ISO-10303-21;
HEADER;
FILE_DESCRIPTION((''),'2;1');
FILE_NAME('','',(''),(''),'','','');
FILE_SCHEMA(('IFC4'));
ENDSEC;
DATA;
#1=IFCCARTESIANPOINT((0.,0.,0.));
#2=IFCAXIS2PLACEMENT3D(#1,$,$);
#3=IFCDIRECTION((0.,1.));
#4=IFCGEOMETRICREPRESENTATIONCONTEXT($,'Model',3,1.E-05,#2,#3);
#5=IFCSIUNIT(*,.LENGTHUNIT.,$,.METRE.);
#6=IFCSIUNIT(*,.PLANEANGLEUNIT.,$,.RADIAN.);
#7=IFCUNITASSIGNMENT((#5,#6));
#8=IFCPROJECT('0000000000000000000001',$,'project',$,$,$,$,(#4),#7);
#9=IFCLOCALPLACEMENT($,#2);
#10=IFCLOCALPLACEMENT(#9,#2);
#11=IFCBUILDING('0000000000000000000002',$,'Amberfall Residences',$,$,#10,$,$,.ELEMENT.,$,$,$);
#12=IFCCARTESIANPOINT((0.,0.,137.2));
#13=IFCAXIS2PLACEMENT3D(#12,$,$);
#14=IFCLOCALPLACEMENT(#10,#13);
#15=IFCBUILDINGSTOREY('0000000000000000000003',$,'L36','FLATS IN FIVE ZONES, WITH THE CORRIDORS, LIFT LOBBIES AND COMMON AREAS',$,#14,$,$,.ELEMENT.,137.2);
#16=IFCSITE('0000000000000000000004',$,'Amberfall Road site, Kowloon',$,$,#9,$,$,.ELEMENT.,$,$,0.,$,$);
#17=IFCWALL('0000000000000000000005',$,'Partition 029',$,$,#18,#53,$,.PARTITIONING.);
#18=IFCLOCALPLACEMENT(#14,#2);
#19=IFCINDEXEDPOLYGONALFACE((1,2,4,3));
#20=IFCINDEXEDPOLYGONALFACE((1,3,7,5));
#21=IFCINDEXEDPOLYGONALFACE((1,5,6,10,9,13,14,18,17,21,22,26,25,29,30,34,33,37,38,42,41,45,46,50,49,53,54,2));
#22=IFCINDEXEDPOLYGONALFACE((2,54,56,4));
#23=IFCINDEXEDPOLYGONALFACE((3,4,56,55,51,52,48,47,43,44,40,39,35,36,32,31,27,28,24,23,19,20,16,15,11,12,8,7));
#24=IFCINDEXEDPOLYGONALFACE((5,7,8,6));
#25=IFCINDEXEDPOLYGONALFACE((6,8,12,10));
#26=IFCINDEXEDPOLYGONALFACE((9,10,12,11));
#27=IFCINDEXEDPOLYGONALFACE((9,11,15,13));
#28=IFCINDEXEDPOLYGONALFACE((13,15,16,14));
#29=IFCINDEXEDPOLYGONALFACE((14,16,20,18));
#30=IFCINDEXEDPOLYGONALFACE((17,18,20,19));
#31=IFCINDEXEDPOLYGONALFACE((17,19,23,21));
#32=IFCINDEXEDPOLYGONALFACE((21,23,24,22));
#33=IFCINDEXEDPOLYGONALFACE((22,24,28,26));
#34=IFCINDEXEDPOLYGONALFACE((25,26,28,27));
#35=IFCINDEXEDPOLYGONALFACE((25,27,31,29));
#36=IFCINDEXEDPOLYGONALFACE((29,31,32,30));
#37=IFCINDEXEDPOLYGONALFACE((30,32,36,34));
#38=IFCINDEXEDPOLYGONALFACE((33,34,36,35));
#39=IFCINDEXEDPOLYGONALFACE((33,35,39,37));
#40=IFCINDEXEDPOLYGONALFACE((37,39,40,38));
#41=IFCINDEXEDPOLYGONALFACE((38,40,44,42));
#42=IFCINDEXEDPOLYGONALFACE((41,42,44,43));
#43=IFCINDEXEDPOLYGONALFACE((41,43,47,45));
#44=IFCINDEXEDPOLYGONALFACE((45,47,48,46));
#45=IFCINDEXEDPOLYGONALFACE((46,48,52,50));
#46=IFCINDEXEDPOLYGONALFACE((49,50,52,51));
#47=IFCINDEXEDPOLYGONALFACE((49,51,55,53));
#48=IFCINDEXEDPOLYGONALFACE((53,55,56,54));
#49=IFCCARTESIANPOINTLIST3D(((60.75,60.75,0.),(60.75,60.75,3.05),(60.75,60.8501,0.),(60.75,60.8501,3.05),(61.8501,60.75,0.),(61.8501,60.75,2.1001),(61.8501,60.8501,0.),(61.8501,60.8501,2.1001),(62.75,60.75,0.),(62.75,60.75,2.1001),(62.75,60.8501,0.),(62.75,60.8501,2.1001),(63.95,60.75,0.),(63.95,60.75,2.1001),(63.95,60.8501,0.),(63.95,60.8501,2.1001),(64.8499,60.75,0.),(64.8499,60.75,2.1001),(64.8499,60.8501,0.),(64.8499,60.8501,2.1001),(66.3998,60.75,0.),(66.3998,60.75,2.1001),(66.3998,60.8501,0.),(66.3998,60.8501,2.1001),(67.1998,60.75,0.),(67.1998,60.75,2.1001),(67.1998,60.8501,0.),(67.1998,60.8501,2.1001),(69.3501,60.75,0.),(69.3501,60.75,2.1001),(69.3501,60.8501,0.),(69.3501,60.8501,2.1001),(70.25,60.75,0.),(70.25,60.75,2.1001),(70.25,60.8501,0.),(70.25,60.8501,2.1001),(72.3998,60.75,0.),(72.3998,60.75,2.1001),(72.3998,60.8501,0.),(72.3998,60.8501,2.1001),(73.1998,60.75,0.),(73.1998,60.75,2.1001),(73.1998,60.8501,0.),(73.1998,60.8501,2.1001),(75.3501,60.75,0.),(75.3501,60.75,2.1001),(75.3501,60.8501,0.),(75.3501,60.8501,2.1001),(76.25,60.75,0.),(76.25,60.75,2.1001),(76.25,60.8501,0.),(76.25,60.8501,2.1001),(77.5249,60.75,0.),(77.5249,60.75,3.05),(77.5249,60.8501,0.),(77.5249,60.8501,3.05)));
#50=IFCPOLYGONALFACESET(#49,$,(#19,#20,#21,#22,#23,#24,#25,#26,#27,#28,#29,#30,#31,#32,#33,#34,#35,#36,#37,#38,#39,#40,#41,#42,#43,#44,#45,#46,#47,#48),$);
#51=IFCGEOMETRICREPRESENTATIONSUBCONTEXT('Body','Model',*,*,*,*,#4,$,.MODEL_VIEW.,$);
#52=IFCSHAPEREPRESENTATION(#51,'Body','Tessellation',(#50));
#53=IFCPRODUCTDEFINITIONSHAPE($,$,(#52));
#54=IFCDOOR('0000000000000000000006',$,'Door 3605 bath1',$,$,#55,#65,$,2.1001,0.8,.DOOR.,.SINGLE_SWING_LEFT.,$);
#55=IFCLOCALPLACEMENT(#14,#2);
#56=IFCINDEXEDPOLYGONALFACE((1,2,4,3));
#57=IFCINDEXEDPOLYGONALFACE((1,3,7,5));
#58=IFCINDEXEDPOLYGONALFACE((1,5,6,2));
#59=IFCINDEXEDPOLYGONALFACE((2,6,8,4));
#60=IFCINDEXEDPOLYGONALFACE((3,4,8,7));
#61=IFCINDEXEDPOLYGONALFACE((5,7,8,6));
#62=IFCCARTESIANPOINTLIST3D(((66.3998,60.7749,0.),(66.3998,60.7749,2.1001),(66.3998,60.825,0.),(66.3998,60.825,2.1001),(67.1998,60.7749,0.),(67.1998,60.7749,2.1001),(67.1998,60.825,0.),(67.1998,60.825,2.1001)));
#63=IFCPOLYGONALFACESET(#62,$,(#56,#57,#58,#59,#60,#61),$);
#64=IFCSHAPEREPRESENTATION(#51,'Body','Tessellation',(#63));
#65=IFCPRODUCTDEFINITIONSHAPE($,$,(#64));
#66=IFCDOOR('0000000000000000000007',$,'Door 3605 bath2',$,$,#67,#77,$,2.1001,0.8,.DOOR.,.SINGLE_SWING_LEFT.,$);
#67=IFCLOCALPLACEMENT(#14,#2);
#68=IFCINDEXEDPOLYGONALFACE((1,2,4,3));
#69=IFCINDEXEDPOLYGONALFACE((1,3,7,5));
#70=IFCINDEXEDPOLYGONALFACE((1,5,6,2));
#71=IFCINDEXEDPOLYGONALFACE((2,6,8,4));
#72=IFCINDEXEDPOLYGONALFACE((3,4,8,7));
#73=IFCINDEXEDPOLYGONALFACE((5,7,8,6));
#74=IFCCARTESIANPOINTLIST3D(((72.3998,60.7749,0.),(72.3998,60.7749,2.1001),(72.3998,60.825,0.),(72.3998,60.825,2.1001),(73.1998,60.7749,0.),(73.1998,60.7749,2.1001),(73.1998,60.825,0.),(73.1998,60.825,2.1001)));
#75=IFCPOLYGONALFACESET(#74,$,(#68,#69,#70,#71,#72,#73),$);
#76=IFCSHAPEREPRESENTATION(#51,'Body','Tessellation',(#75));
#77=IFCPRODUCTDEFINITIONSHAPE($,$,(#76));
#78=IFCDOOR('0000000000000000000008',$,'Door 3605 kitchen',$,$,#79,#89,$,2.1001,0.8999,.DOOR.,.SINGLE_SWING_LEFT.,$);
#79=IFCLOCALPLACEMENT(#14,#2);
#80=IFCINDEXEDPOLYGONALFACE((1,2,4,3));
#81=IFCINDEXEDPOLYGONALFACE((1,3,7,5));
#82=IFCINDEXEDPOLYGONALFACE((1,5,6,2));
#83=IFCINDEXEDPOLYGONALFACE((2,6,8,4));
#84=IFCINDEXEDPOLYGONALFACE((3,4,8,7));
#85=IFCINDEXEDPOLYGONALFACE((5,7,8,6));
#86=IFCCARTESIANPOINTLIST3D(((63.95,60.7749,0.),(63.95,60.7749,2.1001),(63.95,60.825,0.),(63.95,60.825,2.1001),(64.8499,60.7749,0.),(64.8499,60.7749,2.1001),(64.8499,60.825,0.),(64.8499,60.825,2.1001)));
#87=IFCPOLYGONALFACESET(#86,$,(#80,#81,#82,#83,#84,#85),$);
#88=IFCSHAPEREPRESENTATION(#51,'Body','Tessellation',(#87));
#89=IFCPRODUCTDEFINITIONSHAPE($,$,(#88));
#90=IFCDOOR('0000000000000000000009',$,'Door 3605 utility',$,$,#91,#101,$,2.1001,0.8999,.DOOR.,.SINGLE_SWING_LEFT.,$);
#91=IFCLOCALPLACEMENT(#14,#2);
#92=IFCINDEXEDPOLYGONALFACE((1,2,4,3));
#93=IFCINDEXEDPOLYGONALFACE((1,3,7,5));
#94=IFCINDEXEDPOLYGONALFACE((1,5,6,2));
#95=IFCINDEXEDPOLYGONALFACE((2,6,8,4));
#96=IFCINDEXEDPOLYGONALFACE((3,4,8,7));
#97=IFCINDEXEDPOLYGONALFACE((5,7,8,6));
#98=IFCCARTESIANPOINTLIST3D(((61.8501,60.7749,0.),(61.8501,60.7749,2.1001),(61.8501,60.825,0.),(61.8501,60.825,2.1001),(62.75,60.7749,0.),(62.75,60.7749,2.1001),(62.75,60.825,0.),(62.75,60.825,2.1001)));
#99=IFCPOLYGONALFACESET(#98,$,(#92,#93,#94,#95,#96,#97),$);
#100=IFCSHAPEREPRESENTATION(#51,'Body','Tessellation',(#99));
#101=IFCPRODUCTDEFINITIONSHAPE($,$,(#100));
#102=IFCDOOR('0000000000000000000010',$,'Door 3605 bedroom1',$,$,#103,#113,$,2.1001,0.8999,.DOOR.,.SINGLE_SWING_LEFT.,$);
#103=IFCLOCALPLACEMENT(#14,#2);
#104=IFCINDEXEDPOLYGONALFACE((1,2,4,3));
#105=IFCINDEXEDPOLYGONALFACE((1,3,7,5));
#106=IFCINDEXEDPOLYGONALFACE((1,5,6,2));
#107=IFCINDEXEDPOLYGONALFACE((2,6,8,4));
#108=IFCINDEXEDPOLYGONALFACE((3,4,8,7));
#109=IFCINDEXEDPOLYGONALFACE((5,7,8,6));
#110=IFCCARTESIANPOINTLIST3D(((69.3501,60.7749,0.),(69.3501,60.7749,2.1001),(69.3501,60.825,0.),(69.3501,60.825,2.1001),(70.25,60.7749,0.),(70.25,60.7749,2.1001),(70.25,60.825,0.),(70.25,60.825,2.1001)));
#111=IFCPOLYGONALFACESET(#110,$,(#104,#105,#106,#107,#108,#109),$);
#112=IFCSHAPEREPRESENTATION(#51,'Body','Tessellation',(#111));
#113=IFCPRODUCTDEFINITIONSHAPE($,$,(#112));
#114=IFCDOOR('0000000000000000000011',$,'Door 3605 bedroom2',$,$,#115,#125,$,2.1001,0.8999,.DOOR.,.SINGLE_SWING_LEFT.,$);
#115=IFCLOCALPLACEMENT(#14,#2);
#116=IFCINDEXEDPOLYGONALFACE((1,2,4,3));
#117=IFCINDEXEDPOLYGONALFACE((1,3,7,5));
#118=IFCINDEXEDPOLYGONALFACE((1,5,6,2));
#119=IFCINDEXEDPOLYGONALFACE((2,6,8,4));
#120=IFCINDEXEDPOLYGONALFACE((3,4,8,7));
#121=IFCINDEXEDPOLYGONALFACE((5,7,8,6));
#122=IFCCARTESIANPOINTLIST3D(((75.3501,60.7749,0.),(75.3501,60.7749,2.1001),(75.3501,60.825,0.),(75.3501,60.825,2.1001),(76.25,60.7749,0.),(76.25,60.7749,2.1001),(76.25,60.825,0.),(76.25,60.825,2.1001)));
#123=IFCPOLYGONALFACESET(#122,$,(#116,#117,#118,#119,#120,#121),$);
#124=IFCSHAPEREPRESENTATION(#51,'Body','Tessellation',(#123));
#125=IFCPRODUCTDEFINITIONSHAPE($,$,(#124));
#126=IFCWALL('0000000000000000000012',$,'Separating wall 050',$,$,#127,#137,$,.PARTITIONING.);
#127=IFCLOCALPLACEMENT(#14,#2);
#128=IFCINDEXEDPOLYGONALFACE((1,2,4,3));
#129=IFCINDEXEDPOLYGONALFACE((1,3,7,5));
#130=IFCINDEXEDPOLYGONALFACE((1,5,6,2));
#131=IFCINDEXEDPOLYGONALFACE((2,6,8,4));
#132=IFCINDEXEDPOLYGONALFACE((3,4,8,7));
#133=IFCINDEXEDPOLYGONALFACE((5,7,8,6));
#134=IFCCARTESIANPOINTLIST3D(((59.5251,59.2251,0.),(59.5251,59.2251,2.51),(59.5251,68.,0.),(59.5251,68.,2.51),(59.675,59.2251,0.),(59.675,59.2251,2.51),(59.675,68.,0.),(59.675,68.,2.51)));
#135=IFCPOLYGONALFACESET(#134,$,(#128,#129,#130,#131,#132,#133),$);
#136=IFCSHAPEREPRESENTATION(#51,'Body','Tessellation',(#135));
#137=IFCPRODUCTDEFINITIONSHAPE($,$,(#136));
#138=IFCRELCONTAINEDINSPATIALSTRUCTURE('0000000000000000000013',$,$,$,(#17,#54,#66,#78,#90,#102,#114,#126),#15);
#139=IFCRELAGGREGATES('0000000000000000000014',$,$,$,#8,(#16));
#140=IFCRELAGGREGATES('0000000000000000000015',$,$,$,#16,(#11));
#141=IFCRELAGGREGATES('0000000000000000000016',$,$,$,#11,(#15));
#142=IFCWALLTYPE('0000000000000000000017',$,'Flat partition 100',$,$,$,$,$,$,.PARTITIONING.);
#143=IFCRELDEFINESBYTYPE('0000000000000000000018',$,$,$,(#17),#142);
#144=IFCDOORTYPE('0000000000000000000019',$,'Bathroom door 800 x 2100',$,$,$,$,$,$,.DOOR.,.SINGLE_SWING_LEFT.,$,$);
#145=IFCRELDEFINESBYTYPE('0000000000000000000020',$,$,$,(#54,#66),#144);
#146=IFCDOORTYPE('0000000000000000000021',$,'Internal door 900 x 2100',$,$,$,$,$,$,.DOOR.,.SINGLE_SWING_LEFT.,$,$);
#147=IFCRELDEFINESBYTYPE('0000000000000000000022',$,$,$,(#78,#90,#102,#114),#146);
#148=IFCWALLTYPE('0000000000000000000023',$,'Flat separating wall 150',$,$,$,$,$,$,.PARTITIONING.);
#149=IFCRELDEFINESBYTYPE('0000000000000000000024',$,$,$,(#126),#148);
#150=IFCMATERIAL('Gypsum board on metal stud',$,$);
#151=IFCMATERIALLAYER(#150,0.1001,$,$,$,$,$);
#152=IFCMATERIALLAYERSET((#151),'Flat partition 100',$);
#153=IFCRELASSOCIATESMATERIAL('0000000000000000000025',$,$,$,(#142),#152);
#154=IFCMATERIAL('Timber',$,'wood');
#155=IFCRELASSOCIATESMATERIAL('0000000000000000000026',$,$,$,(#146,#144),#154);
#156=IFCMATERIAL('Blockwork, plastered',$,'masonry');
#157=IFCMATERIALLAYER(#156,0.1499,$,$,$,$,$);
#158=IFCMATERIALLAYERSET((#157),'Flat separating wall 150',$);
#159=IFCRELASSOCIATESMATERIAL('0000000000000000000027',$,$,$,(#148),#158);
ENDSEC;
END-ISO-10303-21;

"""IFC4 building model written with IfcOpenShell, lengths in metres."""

from ifc_helpers import new_model, si_unit, direction, frame, frame_2d, origin, place, context, subcontext, project, spatial, rectangle, extrude, material, layer, layer_set, type_object, element, fill, save


model = new_model("IFC4")

# Units and contexts
model_context = context("Model", 3, precision=1e-05, world=origin(), true_north=direction((0.0, 1.0)))
body_context = subcontext(model_context, "Body", "Model", "MODEL_VIEW")
ifc_project = project(units=[si_unit("LENGTHUNIT", "METRE"), si_unit("PLANEANGLEUNIT", "RADIAN")], contexts=[model_context])

# Site, building, storey
site_placement = place(None, origin())
site = spatial("IfcSite", under=ifc_project, at=site_placement, Name="Amberfall Road site, Kowloon", CompositionType="ELEMENT", RefElevation=0.0)
building_placement = place(site_placement, origin())
building = spatial("IfcBuilding", under=site, at=building_placement, Name="Amberfall Residences", CompositionType="ELEMENT")
storey_placement = place(building_placement, frame((0.0, 0.0, 137.2)))
storey = spatial("IfcBuildingStorey", under=building, at=storey_placement, Name="L36", Description="FLATS IN FIVE ZONES, WITH THE CORRIDORS, LIFT LOBBIES AND COMMON AREAS", CompositionType="ELEMENT", Elevation=137.2)

# Shared definitions
ifc_material_1 = material(Name="Gypsum board on metal stud")
ifc_layer_1 = layer(ifc_material_1, 0.1001)
ifc_layer_set_1 = layer_set([ifc_layer_1], Name="Flat partition 100")
wall_type_1 = type_object("IfcWallType", Name="Flat partition 100", PredefinedType="PARTITIONING", material=ifc_layer_set_1)
ifc_material_2 = material(Name="Timber", Category="wood")
door_type_1 = type_object("IfcDoorType", Name="Internal door 900 x 2100", OperationType="SINGLE_SWING_LEFT", PredefinedType="DOOR", material=ifc_material_2)

# Wall, openings, doors
wall_1_placement = place(storey_placement, frame((60.75, 60.8, 0.0), z_axis=(0.0, 0.0, 1.0), x_axis=(1.0, 0.0, 0.0)))
wall_1 = element("IfcWall", 1, at=wall_1_placement, inside=storey, type_object=wall_type_1, Name="Partition 029", PredefinedType="PARTITIONING", context=body_context, shape_type="SweptSolid", body=[
    extrude(rectangle(XDim=16.7749, YDim=0.1001, at=frame_2d((8.3875, 0.0))), origin(), (0.0, 0.0, 1.0), 3.05),
])
opening_1_placement = place(wall_1_placement, frame((3.2, 0.0, 0.0)))
opening_1 = element("IfcOpeningElement", 2, at=opening_1_placement, cuts=wall_1, PredefinedType="OPENING", context=body_context, shape_type="SweptSolid", body=[
    extrude(rectangle(XDim=0.8999, YDim=2.1001, at=frame_2d((0.45, 1.05))), frame((0.0, 0.0601, 0.0), z_axis=(0.0, -1.0, 0.0), x_axis=(1.0, 0.0, 0.0)), (0.0, 0.0, 1.0), 0.1201),
])
opening_2_placement = place(wall_1_placement, frame((1.1001, 0.0, 0.0)))
opening_2 = element("IfcOpeningElement", 3, at=opening_2_placement, cuts=wall_1, PredefinedType="OPENING", context=body_context, shape_type="SweptSolid", body=[
    extrude(rectangle(XDim=0.8999, YDim=2.1001, at=frame_2d((0.45, 1.05))), frame((0.0, 0.0601, 0.0), z_axis=(0.0, -1.0, 0.0), x_axis=(1.0, 0.0, 0.0)), (0.0, 0.0, 1.0), 0.1201),
])
opening_3_placement = place(wall_1_placement, frame((8.6001, 0.0, 0.0)))
opening_3 = element("IfcOpeningElement", 4, at=opening_3_placement, cuts=wall_1, PredefinedType="OPENING", context=body_context, shape_type="SweptSolid", body=[
    extrude(rectangle(XDim=0.8999, YDim=2.1001, at=frame_2d((0.45, 1.05))), frame((0.0, 0.0601, 0.0), z_axis=(0.0, -1.0, 0.0), x_axis=(1.0, 0.0, 0.0)), (0.0, 0.0, 1.0), 0.1201),
])
opening_4_placement = place(wall_1_placement, frame((14.6001, 0.0, 0.0)))
opening_4 = element("IfcOpeningElement", 5, at=opening_4_placement, cuts=wall_1, PredefinedType="OPENING", context=body_context, shape_type="SweptSolid", body=[
    extrude(rectangle(XDim=0.8999, YDim=2.1001, at=frame_2d((0.45, 1.05))), frame((0.0, 0.0601, 0.0), z_axis=(0.0, -1.0, 0.0), x_axis=(1.0, 0.0, 0.0)), (0.0, 0.0, 1.0), 0.1201),
])
opening_5_placement = place(wall_1_placement, frame((5.6499, 0.0, 0.0)))
opening_5 = element("IfcOpeningElement", 6, at=opening_5_placement, cuts=wall_1, PredefinedType="OPENING", context=body_context, shape_type="SweptSolid", body=[
    extrude(rectangle(XDim=0.8, YDim=2.1001, at=frame_2d((0.3999, 1.05))), frame((0.0, 0.0601, 0.0), z_axis=(0.0, -1.0, 0.0), x_axis=(1.0, 0.0, 0.0)), (0.0, 0.0, 1.0), 0.1201),
])
opening_6_placement = place(wall_1_placement, frame((11.6499, 0.0, 0.0)))
opening_6 = element("IfcOpeningElement", 7, at=opening_6_placement, cuts=wall_1, PredefinedType="OPENING", context=body_context, shape_type="SweptSolid", body=[
    extrude(rectangle(XDim=0.8, YDim=2.1001, at=frame_2d((0.3999, 1.05))), frame((0.0, 0.0601, 0.0), z_axis=(0.0, -1.0, 0.0), x_axis=(1.0, 0.0, 0.0)), (0.0, 0.0, 1.0), 0.1201),
])
door_type_2 = type_object("IfcDoorType", Name="Bathroom door 800 x 2100", OperationType="SINGLE_SWING_LEFT", PredefinedType="DOOR", material=ifc_material_2)
door_1_placement = place(opening_5_placement, origin())
door_1 = element("IfcDoor", 8, at=door_1_placement, inside=storey, type_object=door_type_2, Name="Door 3605 bath1", OperationType="SINGLE_SWING_LEFT", OverallHeight=2.1001, OverallWidth=0.8, PredefinedType="DOOR", context=body_context, shape_type="SweptSolid", body=[
    extrude(rectangle(XDim=0.8, YDim=2.1001, at=frame_2d((0.3999, 1.05))), frame((0.0, 0.0249, 0.0), z_axis=(0.0, -1.0, 0.0), x_axis=(1.0, 0.0, 0.0)), (0.0, 0.0, 1.0), 0.05),
])
fill(opening_5, door_1)
door_2_placement = place(opening_6_placement, origin())
door_2 = element("IfcDoor", 9, at=door_2_placement, inside=storey, type_object=door_type_2, Name="Door 3605 bath2", OperationType="SINGLE_SWING_LEFT", OverallHeight=2.1001, OverallWidth=0.8, PredefinedType="DOOR", context=body_context, shape_type="SweptSolid", body=[
    extrude(rectangle(XDim=0.8, YDim=2.1001, at=frame_2d((0.3999, 1.05))), frame((0.0, 0.0249, 0.0), z_axis=(0.0, -1.0, 0.0), x_axis=(1.0, 0.0, 0.0)), (0.0, 0.0, 1.0), 0.05),
])
fill(opening_6, door_2)
door_3_placement = place(opening_1_placement, origin())
door_3 = element("IfcDoor", 10, at=door_3_placement, inside=storey, type_object=door_type_1, Name="Door 3605 kitchen", OperationType="SINGLE_SWING_LEFT", OverallHeight=2.1001, OverallWidth=0.8999, PredefinedType="DOOR", context=body_context, shape_type="SweptSolid", body=[
    extrude(rectangle(XDim=0.8999, YDim=2.1001, at=frame_2d((0.45, 1.05))), frame((0.0, 0.0249, 0.0), z_axis=(0.0, -1.0, 0.0), x_axis=(1.0, 0.0, 0.0)), (0.0, 0.0, 1.0), 0.05),
])
fill(opening_1, door_3)
door_4_placement = place(opening_2_placement, origin())
door_4 = element("IfcDoor", 11, at=door_4_placement, inside=storey, type_object=door_type_1, Name="Door 3605 utility", OperationType="SINGLE_SWING_LEFT", OverallHeight=2.1001, OverallWidth=0.8999, PredefinedType="DOOR", context=body_context, shape_type="SweptSolid", body=[
    extrude(rectangle(XDim=0.8999, YDim=2.1001, at=frame_2d((0.45, 1.05))), frame((0.0, 0.0249, 0.0), z_axis=(0.0, -1.0, 0.0), x_axis=(1.0, 0.0, 0.0)), (0.0, 0.0, 1.0), 0.05),
])
fill(opening_2, door_4)
door_5_placement = place(opening_3_placement, origin())
door_5 = element("IfcDoor", 12, at=door_5_placement, inside=storey, type_object=door_type_1, Name="Door 3605 bedroom1", OperationType="SINGLE_SWING_LEFT", OverallHeight=2.1001, OverallWidth=0.8999, PredefinedType="DOOR", context=body_context, shape_type="SweptSolid", body=[
    extrude(rectangle(XDim=0.8999, YDim=2.1001, at=frame_2d((0.45, 1.05))), frame((0.0, 0.0249, 0.0), z_axis=(0.0, -1.0, 0.0), x_axis=(1.0, 0.0, 0.0)), (0.0, 0.0, 1.0), 0.05),
])
fill(opening_3, door_5)
door_6_placement = place(opening_4_placement, origin())
door_6 = element("IfcDoor", 13, at=door_6_placement, inside=storey, type_object=door_type_1, Name="Door 3605 bedroom2", OperationType="SINGLE_SWING_LEFT", OverallHeight=2.1001, OverallWidth=0.8999, PredefinedType="DOOR", context=body_context, shape_type="SweptSolid", body=[
    extrude(rectangle(XDim=0.8999, YDim=2.1001, at=frame_2d((0.45, 1.05))), frame((0.0, 0.0249, 0.0), z_axis=(0.0, -1.0, 0.0), x_axis=(1.0, 0.0, 0.0)), (0.0, 0.0, 1.0), 0.05),
])
fill(opening_4, door_6)

# Wall
ifc_material_3 = material(Name="Blockwork, plastered", Category="masonry")
ifc_layer_2 = layer(ifc_material_3, 0.1499)
ifc_layer_set_2 = layer_set([ifc_layer_2], Name="Flat separating wall 150")
wall_type_2 = type_object("IfcWallType", Name="Flat separating wall 150", PredefinedType="PARTITIONING", material=ifc_layer_set_2)
wall_2_placement = place(storey_placement, frame((59.6001, 59.2251, 0.0), z_axis=(0.0, 0.0, 1.0), x_axis=(0.0, 1.0, 0.0)))
element("IfcWall", 14, at=wall_2_placement, inside=storey, type_object=wall_type_2, Name="Separating wall 050", PredefinedType="PARTITIONING", context=body_context, shape_type="SweptSolid", body=[
    extrude(rectangle(XDim=8.7749, YDim=0.1499, at=frame_2d((4.3875, 0.0))), origin(), (0.0, 0.0, 1.0), 2.51),
])

save(model, "model.ifc")
